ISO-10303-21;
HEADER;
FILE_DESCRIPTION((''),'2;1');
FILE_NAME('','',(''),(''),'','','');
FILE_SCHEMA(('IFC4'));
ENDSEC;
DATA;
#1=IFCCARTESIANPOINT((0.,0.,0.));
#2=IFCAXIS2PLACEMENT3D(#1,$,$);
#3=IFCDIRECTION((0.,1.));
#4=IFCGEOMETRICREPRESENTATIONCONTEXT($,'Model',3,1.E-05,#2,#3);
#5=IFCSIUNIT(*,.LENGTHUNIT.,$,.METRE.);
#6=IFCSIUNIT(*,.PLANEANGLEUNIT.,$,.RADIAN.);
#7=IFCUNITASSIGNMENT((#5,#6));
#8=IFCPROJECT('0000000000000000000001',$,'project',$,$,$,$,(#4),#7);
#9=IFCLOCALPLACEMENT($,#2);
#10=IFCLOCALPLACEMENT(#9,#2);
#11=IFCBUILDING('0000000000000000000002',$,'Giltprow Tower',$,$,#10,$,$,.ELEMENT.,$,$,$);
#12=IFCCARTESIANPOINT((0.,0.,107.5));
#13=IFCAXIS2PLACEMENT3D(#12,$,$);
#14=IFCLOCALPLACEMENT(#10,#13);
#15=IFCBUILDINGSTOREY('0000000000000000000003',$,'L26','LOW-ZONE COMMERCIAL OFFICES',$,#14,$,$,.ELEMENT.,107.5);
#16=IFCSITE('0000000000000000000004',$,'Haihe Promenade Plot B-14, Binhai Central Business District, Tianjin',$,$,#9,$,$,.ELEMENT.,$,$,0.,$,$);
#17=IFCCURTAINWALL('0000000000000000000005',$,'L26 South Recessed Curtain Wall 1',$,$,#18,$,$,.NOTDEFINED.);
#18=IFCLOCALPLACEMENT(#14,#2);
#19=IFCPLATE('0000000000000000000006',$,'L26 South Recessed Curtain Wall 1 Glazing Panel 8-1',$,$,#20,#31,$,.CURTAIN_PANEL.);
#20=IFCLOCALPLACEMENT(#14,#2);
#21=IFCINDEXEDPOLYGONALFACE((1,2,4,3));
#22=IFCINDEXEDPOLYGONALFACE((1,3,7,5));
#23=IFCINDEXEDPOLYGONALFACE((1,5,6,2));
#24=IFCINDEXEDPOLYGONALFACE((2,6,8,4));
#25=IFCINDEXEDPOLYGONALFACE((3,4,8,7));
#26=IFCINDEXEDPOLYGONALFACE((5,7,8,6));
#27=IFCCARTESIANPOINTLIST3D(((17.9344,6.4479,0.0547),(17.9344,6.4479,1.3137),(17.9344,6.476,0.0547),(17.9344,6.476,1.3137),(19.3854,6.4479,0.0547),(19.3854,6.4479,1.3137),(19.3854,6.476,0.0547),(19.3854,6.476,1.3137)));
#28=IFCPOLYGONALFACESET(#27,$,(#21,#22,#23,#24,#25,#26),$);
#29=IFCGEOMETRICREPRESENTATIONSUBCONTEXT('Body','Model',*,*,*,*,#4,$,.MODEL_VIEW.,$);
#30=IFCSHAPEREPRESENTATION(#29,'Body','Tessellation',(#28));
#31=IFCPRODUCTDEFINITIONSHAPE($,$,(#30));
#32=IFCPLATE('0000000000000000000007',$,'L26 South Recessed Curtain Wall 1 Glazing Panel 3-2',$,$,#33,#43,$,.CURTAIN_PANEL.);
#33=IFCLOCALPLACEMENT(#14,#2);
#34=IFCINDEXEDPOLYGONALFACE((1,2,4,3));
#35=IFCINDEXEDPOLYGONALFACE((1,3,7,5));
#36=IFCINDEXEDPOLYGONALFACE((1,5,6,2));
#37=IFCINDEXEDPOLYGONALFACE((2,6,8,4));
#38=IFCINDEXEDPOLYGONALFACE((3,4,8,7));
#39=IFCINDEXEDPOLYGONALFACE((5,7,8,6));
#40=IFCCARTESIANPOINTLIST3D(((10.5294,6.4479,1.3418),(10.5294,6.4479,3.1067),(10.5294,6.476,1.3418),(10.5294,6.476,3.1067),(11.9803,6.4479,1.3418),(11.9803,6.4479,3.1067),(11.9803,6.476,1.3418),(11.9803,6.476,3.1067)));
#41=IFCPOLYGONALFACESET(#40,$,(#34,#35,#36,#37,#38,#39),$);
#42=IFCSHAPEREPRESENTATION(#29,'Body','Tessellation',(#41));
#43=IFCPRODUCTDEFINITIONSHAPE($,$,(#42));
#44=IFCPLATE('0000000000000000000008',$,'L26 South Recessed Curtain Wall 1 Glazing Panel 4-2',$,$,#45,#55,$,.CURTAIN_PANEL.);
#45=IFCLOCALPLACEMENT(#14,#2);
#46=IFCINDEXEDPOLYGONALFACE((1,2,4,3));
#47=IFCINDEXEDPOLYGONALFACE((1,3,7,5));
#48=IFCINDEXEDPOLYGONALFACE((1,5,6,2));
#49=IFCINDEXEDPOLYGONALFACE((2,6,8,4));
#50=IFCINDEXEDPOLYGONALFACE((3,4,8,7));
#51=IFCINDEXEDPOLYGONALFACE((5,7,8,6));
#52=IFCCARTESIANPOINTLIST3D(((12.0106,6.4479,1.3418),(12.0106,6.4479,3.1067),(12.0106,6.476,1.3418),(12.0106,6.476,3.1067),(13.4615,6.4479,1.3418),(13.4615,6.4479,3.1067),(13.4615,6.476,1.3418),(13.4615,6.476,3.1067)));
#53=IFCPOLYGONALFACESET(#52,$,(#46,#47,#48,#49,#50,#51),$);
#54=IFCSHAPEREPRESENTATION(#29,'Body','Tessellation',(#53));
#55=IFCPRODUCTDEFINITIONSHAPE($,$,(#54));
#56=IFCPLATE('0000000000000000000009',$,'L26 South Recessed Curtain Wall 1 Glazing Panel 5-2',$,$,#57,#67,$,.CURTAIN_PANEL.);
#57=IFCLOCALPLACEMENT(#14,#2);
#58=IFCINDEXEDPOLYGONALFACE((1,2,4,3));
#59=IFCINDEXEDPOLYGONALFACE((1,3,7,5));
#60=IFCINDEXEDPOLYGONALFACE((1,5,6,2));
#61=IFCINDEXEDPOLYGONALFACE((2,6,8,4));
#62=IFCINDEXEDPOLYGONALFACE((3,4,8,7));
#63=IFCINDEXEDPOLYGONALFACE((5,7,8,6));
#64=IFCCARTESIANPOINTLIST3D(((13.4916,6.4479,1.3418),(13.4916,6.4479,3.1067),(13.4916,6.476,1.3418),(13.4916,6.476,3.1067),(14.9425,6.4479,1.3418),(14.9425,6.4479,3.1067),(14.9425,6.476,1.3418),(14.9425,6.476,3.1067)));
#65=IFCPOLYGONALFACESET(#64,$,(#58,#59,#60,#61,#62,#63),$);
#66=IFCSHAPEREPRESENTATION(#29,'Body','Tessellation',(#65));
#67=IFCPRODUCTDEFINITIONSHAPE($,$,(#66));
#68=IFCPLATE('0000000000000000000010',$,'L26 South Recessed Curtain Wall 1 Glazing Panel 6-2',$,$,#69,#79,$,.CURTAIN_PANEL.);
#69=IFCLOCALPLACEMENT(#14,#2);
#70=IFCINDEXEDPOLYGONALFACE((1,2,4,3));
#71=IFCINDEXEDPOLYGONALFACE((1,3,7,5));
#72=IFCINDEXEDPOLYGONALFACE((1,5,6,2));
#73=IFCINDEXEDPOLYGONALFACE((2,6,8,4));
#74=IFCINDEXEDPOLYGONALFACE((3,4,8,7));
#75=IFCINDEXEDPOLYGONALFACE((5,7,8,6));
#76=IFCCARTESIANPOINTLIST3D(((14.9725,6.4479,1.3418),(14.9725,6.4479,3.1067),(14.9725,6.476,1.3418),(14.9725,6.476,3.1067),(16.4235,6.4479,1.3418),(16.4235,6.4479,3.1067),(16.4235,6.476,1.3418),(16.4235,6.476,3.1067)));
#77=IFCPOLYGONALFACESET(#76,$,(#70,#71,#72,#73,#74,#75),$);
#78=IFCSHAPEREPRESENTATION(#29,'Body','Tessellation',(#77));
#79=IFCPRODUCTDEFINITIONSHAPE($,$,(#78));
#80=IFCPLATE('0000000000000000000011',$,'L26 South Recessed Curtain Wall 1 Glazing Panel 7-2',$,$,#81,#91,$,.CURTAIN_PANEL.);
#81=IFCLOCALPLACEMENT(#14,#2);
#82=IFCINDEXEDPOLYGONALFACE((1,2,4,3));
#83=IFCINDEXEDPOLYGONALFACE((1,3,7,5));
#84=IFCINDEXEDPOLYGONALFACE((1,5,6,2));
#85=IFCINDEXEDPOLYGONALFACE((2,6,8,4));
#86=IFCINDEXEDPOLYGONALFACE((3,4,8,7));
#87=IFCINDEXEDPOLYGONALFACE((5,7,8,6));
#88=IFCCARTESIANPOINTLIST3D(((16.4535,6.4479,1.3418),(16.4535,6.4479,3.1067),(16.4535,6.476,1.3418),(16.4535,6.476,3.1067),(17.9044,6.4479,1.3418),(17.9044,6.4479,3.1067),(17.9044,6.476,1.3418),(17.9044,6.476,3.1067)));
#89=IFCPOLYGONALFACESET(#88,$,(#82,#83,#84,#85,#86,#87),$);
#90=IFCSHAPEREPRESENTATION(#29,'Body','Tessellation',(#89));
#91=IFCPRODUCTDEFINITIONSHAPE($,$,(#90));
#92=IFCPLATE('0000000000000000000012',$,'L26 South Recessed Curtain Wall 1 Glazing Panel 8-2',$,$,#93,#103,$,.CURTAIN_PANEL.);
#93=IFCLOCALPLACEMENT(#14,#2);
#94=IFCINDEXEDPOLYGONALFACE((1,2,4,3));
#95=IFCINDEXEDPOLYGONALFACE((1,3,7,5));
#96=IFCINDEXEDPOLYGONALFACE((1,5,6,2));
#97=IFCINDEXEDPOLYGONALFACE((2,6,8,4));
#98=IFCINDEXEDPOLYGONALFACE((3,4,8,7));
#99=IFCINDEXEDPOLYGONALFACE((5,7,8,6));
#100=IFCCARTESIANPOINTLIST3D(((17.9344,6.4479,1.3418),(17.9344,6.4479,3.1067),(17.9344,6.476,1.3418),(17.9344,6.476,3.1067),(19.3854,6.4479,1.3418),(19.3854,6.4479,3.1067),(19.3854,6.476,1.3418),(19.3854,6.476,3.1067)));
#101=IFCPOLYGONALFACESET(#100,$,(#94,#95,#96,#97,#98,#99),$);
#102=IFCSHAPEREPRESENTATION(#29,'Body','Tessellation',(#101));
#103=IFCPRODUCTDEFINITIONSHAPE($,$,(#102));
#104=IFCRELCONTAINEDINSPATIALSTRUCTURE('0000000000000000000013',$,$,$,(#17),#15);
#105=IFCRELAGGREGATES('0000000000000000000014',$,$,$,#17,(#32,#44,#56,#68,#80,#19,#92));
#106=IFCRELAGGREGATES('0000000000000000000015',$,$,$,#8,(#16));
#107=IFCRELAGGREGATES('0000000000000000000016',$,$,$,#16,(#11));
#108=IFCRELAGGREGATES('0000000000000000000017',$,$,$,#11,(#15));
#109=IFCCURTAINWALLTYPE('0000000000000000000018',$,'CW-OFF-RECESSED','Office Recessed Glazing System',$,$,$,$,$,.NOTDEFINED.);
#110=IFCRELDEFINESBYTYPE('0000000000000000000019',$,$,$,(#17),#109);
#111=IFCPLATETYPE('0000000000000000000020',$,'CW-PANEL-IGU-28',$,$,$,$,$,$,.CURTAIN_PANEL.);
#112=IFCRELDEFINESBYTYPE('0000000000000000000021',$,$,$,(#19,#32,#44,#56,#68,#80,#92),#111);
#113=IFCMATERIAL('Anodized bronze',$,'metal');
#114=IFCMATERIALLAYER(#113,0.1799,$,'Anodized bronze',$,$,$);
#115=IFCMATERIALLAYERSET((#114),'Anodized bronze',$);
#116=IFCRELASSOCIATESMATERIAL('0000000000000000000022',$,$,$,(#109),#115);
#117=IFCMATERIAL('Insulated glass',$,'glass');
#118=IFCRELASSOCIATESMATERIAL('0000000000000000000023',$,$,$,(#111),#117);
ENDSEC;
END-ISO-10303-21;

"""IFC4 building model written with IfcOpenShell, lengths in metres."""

from ifc_helpers import new_model, si_unit, direction, frame, origin, origin_2d, place, context, subcontext, project, spatial, rectangle, extrude, source, transform, mapped, material, layer, layer_set, type_object, element, aggregate, save


model = new_model("IFC4")

# Units and contexts
model_context = context("Model", 3, precision=1e-05, world=origin(), true_north=direction((0.0, 1.0)))
body_context = subcontext(model_context, "Body", "Model", "MODEL_VIEW")
ifc_project = project(units=[si_unit("LENGTHUNIT", "METRE"), si_unit("PLANEANGLEUNIT", "RADIAN")], contexts=[model_context])

# Site, building, storey
site_placement = place(None, origin())
site = spatial("IfcSite", under=ifc_project, at=site_placement, Name="Haihe Promenade Plot B-14, Binhai Central Business District, Tianjin", CompositionType="ELEMENT", RefElevation=0.0)
building_placement = place(site_placement, origin())
building = spatial("IfcBuilding", under=site, at=building_placement, Name="Giltprow Tower", CompositionType="ELEMENT")
storey_placement = place(building_placement, frame((0.0, 0.0, 107.5)))
storey = spatial("IfcBuildingStorey", under=building, at=storey_placement, Name="L26", Description="LOW-ZONE COMMERCIAL OFFICES", CompositionType="ELEMENT", Elevation=107.5)

# Curtain wall, plates
ifc_material_1 = material(Name="Anodized bronze", Category="metal")
ifc_layer = layer(ifc_material_1, 0.1799, Name="Anodized bronze")
ifc_layer_set = layer_set([ifc_layer], Name="Anodized bronze")
curtain_wall_type = type_object("IfcCurtainWallType", Name="CW-OFF-RECESSED", Description="Office Recessed Glazing System", PredefinedType="NOTDEFINED", material=ifc_layer_set)
curtain_wall_placement = place(storey_placement, origin())
curtain_wall = element("IfcCurtainWall", 1, at=curtain_wall_placement, inside=storey, type_object=curtain_wall_type, Name="L26 South Recessed Curtain Wall 1", PredefinedType="NOTDEFINED")
ifc_material_2 = material(Name="Insulated glass", Category="glass")
plate_type = type_object("IfcPlateType", Name="CW-PANEL-IGU-28", PredefinedType="CURTAIN_PANEL", material=ifc_material_2)
shared_shape_1 = source(origin(), body_context, "Body", "SweptSolid", [
    extrude(rectangle(XDim=1.4509, YDim=0.0281, at=origin_2d()), origin(), (0.0, 0.0, 1.0), 1.259),
])
plate_1_placement = place(storey_placement, frame((18.6599, 6.4619, 0.0547), z_axis=(0.0, 0.0, 1.0), x_axis=(1.0, 0.0, 0.0)))
plate_1 = element("IfcPlate", 2, at=plate_1_placement, type_object=plate_type, Name="L26 South Recessed Curtain Wall 1 Glazing Panel 8-1", PredefinedType="CURTAIN_PANEL", context=body_context, shape_type="MappedRepresentation", body=[
    mapped(shared_shape_1, transform((0.0, 0.0, 0.0), x_axis=(1.0, 0.0, 0.0), y_axis=(0.0, 1.0, 0.0), z_axis=(0.0, 0.0, 1.0), scale=1.0)),
])
shared_shape_2 = source(origin(), body_context, "Body", "SweptSolid", [
    extrude(rectangle(XDim=1.4509, YDim=0.0281, at=origin_2d()), origin(), (0.0, 0.0, 1.0), 1.7649),
])
plate_2_placement = place(storey_placement, frame((11.2549, 6.4619, 1.3418), z_axis=(0.0, 0.0, 1.0), x_axis=(1.0, 0.0, 0.0)))
plate_2 = element("IfcPlate", 3, at=plate_2_placement, type_object=plate_type, Name="L26 South Recessed Curtain Wall 1 Glazing Panel 3-2", PredefinedType="CURTAIN_PANEL", context=body_context, shape_type="MappedRepresentation", body=[
    mapped(shared_shape_2, transform((0.0, 0.0, 0.0), x_axis=(1.0, 0.0, 0.0), y_axis=(0.0, 1.0, 0.0), z_axis=(0.0, 0.0, 1.0), scale=1.0)),
])
plate_3_placement = place(storey_placement, frame((12.7361, 6.4619, 1.3418), z_axis=(0.0, 0.0, 1.0), x_axis=(1.0, 0.0, 0.0)))
plate_3 = element("IfcPlate", 4, at=plate_3_placement, type_object=plate_type, Name="L26 South Recessed Curtain Wall 1 Glazing Panel 4-2", PredefinedType="CURTAIN_PANEL", context=body_context, shape_type="MappedRepresentation", body=[
    mapped(shared_shape_2, transform((0.0, 0.0, 0.0), x_axis=(1.0, 0.0, 0.0), y_axis=(0.0, 1.0, 0.0), z_axis=(0.0, 0.0, 1.0), scale=1.0)),
])
plate_4_placement = place(storey_placement, frame((14.217, 6.4619, 1.3418), z_axis=(0.0, 0.0, 1.0), x_axis=(1.0, 0.0, 0.0)))
plate_4 = element("IfcPlate", 5, at=plate_4_placement, type_object=plate_type, Name="L26 South Recessed Curtain Wall 1 Glazing Panel 5-2", PredefinedType="CURTAIN_PANEL", context=body_context, shape_type="MappedRepresentation", body=[
    mapped(shared_shape_2, transform((0.0, 0.0, 0.0), x_axis=(1.0, 0.0, 0.0), y_axis=(0.0, 1.0, 0.0), z_axis=(0.0, 0.0, 1.0), scale=1.0)),
])
plate_5_placement = place(storey_placement, frame((15.698, 6.4619, 1.3418), z_axis=(0.0, 0.0, 1.0), x_axis=(1.0, 0.0, 0.0)))
plate_5 = element("IfcPlate", 6, at=plate_5_placement, type_object=plate_type, Name="L26 South Recessed Curtain Wall 1 Glazing Panel 6-2", PredefinedType="CURTAIN_PANEL", context=body_context, shape_type="MappedRepresentation", body=[
    mapped(shared_shape_2, transform((0.0, 0.0, 0.0), x_axis=(1.0, 0.0, 0.0), y_axis=(0.0, 1.0, 0.0), z_axis=(0.0, 0.0, 1.0), scale=1.0)),
])
plate_6_placement = place(storey_placement, frame((17.179, 6.4619, 1.3418), z_axis=(0.0, 0.0, 1.0), x_axis=(1.0, 0.0, 0.0)))
plate_6 = element("IfcPlate", 7, at=plate_6_placement, type_object=plate_type, Name="L26 South Recessed Curtain Wall 1 Glazing Panel 7-2", PredefinedType="CURTAIN_PANEL", context=body_context, shape_type="MappedRepresentation", body=[
    mapped(shared_shape_2, transform((0.0, 0.0, 0.0), x_axis=(1.0, 0.0, 0.0), y_axis=(0.0, 1.0, 0.0), z_axis=(0.0, 0.0, 1.0), scale=1.0)),
])
plate_7_placement = place(storey_placement, frame((18.6599, 6.4619, 1.3418), z_axis=(0.0, 0.0, 1.0), x_axis=(1.0, 0.0, 0.0)))
plate_7 = element("IfcPlate", 8, at=plate_7_placement, type_object=plate_type, Name="L26 South Recessed Curtain Wall 1 Glazing Panel 8-2", PredefinedType="CURTAIN_PANEL", context=body_context, shape_type="MappedRepresentation", body=[
    mapped(shared_shape_2, transform((0.0, 0.0, 0.0), x_axis=(1.0, 0.0, 0.0), y_axis=(0.0, 1.0, 0.0), z_axis=(0.0, 0.0, 1.0), scale=1.0)),
])
aggregate(curtain_wall, [plate_2, plate_3, plate_4, plate_5, plate_6, plate_1, plate_7])

save(model, "model.ifc")
